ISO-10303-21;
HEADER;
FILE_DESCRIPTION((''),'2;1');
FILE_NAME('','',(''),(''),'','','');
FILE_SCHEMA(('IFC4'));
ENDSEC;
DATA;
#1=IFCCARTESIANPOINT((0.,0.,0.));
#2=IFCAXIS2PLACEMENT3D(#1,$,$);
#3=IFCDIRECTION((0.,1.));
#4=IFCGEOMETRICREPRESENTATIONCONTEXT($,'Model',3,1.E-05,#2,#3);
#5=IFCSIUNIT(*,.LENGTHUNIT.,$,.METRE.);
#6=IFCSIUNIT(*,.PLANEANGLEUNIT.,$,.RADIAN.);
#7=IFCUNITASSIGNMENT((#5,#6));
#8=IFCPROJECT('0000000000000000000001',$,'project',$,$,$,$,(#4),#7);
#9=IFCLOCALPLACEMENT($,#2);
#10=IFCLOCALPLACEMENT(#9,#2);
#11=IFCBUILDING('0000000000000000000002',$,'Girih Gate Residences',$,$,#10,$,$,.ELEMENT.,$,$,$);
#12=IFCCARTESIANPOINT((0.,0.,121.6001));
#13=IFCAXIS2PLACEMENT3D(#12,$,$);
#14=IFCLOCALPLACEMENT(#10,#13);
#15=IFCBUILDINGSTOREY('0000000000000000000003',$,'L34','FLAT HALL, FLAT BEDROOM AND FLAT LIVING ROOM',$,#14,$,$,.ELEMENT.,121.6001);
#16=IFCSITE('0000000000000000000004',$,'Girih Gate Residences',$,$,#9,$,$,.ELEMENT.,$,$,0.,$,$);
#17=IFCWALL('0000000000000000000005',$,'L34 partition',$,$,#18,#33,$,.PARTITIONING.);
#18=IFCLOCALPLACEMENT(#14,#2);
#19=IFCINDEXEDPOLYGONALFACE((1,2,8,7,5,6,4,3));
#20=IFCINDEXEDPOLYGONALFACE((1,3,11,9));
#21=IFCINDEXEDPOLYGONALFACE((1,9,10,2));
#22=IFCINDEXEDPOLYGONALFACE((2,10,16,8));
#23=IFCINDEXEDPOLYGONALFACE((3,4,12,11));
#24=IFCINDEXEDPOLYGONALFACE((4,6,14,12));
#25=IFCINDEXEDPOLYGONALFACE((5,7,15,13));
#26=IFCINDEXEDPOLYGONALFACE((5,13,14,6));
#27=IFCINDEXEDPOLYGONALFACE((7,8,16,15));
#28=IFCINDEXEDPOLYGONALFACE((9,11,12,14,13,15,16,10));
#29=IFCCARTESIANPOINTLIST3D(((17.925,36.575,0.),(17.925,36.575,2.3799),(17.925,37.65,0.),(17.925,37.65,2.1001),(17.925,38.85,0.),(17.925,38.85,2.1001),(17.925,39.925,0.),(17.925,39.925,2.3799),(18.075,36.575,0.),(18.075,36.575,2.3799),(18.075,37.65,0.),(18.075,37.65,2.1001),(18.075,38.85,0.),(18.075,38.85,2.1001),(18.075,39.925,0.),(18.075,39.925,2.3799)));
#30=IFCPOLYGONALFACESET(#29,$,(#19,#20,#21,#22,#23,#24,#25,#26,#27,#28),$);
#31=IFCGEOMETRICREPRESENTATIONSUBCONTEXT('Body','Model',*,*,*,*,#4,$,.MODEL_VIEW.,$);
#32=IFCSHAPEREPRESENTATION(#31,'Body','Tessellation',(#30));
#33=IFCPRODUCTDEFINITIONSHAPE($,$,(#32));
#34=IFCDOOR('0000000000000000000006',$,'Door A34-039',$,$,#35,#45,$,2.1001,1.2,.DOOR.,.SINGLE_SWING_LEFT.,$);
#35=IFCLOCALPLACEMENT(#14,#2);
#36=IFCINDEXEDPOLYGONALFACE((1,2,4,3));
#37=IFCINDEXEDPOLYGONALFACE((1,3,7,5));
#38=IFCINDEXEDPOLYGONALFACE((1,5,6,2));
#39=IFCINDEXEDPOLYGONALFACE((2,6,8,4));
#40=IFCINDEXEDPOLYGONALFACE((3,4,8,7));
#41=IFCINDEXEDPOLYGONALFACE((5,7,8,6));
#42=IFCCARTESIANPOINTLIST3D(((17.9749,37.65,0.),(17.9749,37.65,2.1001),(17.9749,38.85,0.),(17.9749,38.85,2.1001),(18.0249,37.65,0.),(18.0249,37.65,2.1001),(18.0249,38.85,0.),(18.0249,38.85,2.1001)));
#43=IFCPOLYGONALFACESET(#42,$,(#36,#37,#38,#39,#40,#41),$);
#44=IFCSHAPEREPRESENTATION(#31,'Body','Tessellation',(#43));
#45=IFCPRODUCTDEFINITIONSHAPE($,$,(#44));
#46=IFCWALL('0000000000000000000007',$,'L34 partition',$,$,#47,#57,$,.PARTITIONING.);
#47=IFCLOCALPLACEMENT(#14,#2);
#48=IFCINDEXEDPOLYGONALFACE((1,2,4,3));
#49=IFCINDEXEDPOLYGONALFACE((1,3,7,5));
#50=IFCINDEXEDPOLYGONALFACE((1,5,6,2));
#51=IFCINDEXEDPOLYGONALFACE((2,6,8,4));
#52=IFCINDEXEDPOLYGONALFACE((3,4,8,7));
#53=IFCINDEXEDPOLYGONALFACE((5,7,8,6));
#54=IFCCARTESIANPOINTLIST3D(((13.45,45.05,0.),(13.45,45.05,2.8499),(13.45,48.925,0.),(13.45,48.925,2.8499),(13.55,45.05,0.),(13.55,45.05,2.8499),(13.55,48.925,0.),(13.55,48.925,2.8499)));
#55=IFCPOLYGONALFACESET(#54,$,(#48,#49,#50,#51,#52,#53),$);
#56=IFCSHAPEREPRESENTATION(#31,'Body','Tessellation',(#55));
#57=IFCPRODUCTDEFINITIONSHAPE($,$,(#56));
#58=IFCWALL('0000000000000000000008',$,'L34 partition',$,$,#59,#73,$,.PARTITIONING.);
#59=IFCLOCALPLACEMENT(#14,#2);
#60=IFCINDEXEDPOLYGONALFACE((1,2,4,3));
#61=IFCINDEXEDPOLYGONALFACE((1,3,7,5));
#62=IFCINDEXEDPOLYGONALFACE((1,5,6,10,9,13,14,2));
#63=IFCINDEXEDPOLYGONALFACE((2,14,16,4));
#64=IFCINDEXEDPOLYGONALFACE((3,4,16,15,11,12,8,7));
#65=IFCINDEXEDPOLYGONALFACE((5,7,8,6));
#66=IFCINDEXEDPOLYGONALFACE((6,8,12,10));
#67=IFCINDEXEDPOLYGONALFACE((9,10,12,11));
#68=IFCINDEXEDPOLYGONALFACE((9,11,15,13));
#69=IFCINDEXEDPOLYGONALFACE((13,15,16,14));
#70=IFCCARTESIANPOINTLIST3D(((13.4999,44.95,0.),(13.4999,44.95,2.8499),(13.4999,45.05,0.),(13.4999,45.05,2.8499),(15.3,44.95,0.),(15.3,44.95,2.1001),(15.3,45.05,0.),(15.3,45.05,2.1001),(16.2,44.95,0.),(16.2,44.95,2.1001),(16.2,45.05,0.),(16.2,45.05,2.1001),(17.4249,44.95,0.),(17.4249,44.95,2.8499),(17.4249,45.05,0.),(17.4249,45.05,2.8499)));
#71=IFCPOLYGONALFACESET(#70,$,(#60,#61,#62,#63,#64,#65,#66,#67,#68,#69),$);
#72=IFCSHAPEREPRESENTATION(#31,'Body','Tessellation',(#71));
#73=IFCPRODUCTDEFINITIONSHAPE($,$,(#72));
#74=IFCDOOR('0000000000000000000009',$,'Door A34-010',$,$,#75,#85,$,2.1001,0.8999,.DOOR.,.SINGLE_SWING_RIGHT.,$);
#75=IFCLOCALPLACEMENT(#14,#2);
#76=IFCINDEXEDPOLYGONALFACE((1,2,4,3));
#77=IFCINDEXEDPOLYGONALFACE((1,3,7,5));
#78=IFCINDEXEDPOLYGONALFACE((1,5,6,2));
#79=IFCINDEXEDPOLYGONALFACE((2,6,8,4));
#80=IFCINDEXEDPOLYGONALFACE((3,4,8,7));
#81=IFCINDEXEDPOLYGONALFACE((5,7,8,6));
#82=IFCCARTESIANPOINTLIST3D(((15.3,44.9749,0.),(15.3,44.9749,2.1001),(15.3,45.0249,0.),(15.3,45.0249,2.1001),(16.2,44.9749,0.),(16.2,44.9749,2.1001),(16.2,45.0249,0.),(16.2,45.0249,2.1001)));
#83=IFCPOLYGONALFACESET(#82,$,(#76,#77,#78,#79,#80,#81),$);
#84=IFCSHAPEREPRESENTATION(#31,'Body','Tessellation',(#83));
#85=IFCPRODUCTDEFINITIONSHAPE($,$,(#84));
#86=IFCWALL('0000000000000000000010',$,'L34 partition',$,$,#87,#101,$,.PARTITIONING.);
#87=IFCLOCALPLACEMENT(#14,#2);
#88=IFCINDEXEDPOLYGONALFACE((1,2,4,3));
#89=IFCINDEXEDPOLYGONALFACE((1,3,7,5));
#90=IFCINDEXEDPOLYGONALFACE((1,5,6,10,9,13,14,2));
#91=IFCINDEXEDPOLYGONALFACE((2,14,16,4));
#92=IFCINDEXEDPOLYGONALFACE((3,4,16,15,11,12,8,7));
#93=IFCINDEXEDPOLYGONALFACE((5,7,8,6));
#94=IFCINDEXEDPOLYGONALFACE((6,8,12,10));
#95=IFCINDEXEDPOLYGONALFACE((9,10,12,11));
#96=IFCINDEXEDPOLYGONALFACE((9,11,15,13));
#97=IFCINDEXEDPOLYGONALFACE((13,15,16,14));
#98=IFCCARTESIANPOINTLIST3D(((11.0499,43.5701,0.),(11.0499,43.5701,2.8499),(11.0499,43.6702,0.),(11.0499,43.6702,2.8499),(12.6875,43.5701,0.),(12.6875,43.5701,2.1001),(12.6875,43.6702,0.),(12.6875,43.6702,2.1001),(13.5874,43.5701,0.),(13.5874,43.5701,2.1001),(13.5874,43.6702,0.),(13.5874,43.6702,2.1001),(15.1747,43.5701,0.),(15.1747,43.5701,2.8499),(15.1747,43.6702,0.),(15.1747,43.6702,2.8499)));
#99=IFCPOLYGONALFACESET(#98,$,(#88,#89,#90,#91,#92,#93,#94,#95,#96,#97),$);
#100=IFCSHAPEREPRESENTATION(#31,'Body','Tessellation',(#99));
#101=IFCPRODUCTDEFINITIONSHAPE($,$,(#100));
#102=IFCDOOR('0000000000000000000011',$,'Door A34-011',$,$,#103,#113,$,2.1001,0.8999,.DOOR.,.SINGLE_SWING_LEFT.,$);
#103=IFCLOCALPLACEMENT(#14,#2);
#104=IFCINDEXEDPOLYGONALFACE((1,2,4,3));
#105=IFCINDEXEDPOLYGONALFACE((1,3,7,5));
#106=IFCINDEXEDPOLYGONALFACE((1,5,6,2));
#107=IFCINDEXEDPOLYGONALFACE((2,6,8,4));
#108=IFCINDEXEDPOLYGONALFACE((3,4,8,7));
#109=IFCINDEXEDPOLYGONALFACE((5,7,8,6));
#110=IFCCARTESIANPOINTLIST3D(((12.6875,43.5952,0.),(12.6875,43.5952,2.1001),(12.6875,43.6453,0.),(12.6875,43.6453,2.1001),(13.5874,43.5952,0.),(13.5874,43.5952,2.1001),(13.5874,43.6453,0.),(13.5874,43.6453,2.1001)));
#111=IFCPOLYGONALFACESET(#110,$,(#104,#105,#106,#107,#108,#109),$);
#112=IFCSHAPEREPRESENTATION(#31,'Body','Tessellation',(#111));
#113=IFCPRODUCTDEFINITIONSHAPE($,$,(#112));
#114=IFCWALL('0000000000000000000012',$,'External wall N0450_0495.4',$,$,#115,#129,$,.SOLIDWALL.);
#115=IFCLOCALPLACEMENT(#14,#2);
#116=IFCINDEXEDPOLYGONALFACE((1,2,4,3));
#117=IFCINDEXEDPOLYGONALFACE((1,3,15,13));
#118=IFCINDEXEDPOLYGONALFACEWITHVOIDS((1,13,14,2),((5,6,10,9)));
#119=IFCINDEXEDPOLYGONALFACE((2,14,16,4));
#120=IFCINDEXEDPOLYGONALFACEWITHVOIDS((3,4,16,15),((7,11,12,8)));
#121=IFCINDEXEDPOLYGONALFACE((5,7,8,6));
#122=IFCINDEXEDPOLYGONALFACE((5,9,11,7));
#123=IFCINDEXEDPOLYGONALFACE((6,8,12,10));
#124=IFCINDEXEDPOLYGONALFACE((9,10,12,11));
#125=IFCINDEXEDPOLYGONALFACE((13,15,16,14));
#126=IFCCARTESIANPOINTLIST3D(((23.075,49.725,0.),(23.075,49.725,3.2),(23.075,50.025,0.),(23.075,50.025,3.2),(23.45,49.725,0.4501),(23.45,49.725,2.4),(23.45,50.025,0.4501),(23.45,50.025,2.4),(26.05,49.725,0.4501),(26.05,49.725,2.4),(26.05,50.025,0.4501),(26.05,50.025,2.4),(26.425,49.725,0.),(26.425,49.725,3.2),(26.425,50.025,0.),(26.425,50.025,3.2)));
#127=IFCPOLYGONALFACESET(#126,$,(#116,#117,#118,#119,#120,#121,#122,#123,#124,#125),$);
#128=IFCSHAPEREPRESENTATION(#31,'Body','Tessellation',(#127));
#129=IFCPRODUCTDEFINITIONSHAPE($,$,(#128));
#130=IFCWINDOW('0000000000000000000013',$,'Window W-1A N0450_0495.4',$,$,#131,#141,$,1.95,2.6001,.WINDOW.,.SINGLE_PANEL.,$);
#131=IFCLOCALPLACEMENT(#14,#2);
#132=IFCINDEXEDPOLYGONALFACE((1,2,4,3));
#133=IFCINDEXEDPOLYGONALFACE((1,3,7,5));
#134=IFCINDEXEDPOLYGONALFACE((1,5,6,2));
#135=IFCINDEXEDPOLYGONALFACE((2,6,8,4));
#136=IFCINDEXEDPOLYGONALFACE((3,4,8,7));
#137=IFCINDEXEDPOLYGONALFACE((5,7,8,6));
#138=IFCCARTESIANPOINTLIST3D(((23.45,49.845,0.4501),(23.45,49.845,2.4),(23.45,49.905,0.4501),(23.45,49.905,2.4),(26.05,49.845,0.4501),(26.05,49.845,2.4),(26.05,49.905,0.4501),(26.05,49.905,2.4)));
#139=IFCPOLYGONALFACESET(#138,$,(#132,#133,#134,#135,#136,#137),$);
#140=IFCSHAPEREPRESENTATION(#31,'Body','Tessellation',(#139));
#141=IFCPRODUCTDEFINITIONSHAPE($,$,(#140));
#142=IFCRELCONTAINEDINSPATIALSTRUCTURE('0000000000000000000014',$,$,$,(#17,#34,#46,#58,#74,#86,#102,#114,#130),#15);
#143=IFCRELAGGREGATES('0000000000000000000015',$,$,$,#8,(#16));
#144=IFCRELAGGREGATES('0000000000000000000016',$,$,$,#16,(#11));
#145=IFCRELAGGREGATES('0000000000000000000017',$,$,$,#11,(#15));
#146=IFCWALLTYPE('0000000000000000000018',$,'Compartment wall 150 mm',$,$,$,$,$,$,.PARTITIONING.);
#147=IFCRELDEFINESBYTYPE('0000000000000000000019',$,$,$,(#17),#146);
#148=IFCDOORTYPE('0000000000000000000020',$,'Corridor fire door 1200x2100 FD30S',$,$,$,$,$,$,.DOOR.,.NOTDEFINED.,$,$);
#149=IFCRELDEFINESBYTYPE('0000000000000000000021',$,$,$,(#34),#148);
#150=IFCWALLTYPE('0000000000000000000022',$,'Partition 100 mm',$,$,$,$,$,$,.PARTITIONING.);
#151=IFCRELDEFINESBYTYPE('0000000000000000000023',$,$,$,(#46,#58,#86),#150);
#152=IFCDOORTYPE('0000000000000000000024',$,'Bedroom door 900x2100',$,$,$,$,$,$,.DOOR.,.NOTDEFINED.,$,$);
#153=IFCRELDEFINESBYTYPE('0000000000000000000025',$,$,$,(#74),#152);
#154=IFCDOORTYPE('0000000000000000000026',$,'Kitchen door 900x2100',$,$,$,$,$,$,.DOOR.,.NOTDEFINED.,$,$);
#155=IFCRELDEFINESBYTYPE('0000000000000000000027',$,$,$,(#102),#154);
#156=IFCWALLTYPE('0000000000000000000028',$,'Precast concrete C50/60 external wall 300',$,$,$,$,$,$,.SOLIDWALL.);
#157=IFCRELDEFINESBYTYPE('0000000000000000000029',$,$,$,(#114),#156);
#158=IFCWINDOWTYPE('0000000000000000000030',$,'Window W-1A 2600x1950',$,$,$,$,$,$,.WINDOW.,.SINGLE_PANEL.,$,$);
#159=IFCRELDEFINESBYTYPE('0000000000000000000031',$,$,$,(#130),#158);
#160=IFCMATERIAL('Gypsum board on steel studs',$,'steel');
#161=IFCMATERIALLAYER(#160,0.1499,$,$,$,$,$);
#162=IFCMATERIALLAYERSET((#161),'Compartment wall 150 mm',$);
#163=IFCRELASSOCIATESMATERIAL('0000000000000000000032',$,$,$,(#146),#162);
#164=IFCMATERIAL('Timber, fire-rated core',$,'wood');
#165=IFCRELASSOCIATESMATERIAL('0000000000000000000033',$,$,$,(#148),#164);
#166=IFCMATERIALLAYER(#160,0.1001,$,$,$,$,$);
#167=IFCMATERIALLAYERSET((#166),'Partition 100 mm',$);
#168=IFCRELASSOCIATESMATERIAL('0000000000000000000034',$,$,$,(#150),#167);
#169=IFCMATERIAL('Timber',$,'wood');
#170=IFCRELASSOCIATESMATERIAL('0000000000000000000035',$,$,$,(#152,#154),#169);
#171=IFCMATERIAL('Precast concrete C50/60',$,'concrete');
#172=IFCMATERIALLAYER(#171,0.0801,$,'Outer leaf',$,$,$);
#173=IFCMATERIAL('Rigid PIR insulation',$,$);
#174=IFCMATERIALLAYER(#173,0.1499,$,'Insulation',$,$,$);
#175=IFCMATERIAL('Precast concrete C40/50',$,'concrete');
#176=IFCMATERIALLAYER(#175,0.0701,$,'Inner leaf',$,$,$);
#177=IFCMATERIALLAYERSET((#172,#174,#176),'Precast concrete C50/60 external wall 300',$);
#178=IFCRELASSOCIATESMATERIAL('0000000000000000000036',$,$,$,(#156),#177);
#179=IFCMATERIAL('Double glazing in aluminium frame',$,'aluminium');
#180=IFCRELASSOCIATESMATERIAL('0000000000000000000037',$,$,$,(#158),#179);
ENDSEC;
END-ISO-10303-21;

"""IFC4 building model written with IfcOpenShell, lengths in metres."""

from ifc_helpers import new_model, si_unit, direction, frame, frame_2d, origin, place, context, subcontext, project, spatial, rectangle, extrude, material, layer, layer_set, type_object, element, fill, save


model = new_model("IFC4")

# Units and contexts
model_context = context("Model", 3, precision=1e-05, world=origin(), true_north=direction((0.0, 1.0)))
body_context = subcontext(model_context, "Body", "Model", "MODEL_VIEW")
ifc_project = project(units=[si_unit("LENGTHUNIT", "METRE"), si_unit("PLANEANGLEUNIT", "RADIAN")], contexts=[model_context])

# Site, building, storey
site_placement = place(None, origin())
site = spatial("IfcSite", under=ifc_project, at=site_placement, Name="Girih Gate Residences", CompositionType="ELEMENT", RefElevation=0.0)
building_placement = place(site_placement, origin())
building = spatial("IfcBuilding", under=site, at=building_placement, Name="Girih Gate Residences", CompositionType="ELEMENT")
storey_placement = place(building_placement, frame((0.0, 0.0, 121.6001)))
storey = spatial("IfcBuildingStorey", under=building, at=storey_placement, Name="L34", Description="FLAT HALL, FLAT BEDROOM AND FLAT LIVING ROOM", CompositionType="ELEMENT", Elevation=121.6001)

# Shared definitions
ifc_material_1 = material(Name="Gypsum board on steel studs", Category="steel")
ifc_layer_1 = layer(ifc_material_1, 0.1499)
ifc_layer_set_1 = layer_set([ifc_layer_1], Name="Compartment wall 150 mm")
wall_type_1 = type_object("IfcWallType", Name="Compartment wall 150 mm", PredefinedType="PARTITIONING", material=ifc_layer_set_1)

# Wall, opening, door
ifc_material_2 = material(Name="Timber, fire-rated core", Category="wood")
wall_1_placement = place(storey_placement, frame((18.0, 39.925, 0.0), z_axis=(0.0, 0.0, 1.0), x_axis=(0.0, -1.0, 0.0)))
wall_1 = element("IfcWall", 1, at=wall_1_placement, inside=storey, type_object=wall_type_1, Name="L34 partition", PredefinedType="PARTITIONING", context=body_context, shape_type="SweptSolid", body=[
    extrude(rectangle(XDim=3.3501, YDim=0.1499, at=frame_2d((1.675, 0.0))), origin(), (0.0, 0.0, 1.0), 2.3799),
])
opening_1_placement = place(wall_1_placement, frame((1.075, 0.0, 0.0)))
opening_1 = element("IfcOpeningElement", 2, at=opening_1_placement, cuts=wall_1, PredefinedType="OPENING", context=body_context, shape_type="SweptSolid", body=[
    extrude(rectangle(XDim=1.2, YDim=2.1001, at=frame_2d((0.6001, 1.05))), frame((0.0, 0.085, 0.0), z_axis=(0.0, -1.0, 0.0), x_axis=(1.0, 0.0, 0.0)), (0.0, 0.0, 1.0), 0.1699),
])
door_type_1 = type_object("IfcDoorType", Name="Corridor fire door 1200x2100 FD30S", OperationType="NOTDEFINED", PredefinedType="DOOR", material=ifc_material_2)
door_1_placement = place(opening_1_placement, origin())
door_1 = element("IfcDoor", 3, at=door_1_placement, inside=storey, type_object=door_type_1, Name="Door A34-039", OperationType="SINGLE_SWING_LEFT", OverallHeight=2.1001, OverallWidth=1.2, PredefinedType="DOOR", context=body_context, shape_type="SweptSolid", body=[
    extrude(rectangle(XDim=1.2, YDim=2.1001, at=frame_2d((0.6001, 1.05))), frame((0.0, 0.0249, 0.0), z_axis=(0.0, -1.0, 0.0), x_axis=(1.0, 0.0, 0.0)), (0.0, 0.0, 1.0), 0.05),
])
fill(opening_1, door_1)

# Wall
ifc_layer_2 = layer(ifc_material_1, 0.1001)
ifc_layer_set_2 = layer_set([ifc_layer_2], Name="Partition 100 mm")
wall_type_2 = type_object("IfcWallType", Name="Partition 100 mm", PredefinedType="PARTITIONING", material=ifc_layer_set_2)
wall_2_placement = place(storey_placement, frame((13.5, 45.05, 0.0), z_axis=(0.0, 0.0, 1.0), x_axis=(0.0, 1.0, 0.0)))
element("IfcWall", 4, at=wall_2_placement, inside=storey, type_object=wall_type_2, Name="L34 partition", PredefinedType="PARTITIONING", context=body_context, shape_type="SweptSolid", body=[
    extrude(rectangle(XDim=3.875, YDim=0.1001, at=frame_2d((1.9375, 0.0))), origin(), (0.0, 0.0, 1.0), 2.8499),
])

# Walls, openings, doors
wall_3_placement = place(storey_placement, frame((13.5, 45.0, 0.0), z_axis=(0.0, 0.0, 1.0), x_axis=(1.0, 0.0, 0.0)))
wall_3 = element("IfcWall", 5, at=wall_3_placement, inside=storey, type_object=wall_type_2, Name="L34 partition", PredefinedType="PARTITIONING", context=body_context, shape_type="SweptSolid", body=[
    extrude(rectangle(XDim=3.925, YDim=0.1001, at=frame_2d((1.9624, 0.0))), origin(), (0.0, 0.0, 1.0), 2.8499),
])
opening_2_placement = place(wall_3_placement, frame((1.8, 0.0, 0.0)))
opening_2 = element("IfcOpeningElement", 6, at=opening_2_placement, cuts=wall_3, PredefinedType="OPENING", context=body_context, shape_type="SweptSolid", body=[
    extrude(rectangle(XDim=0.8999, YDim=2.1001, at=frame_2d((0.45, 1.05))), frame((0.0, 0.0601, 0.0), z_axis=(0.0, -1.0, 0.0), x_axis=(1.0, 0.0, 0.0)), (0.0, 0.0, 1.0), 0.1201),
])
ifc_material_3 = material(Name="Timber", Category="wood")
door_type_2 = type_object("IfcDoorType", Name="Bedroom door 900x2100", OperationType="NOTDEFINED", PredefinedType="DOOR", material=ifc_material_3)
door_2_placement = place(opening_2_placement, origin())
door_2 = element("IfcDoor", 7, at=door_2_placement, inside=storey, type_object=door_type_2, Name="Door A34-010", OperationType="SINGLE_SWING_RIGHT", OverallHeight=2.1001, OverallWidth=0.8999, PredefinedType="DOOR", context=body_context, shape_type="SweptSolid", body=[
    extrude(rectangle(XDim=0.8999, YDim=2.1001, at=frame_2d((0.45, 1.05))), frame((0.0, 0.0249, 0.0), z_axis=(0.0, -1.0, 0.0), x_axis=(1.0, 0.0, 0.0)), (0.0, 0.0, 1.0), 0.05),
])
fill(opening_2, door_2)
wall_4_placement = place(storey_placement, frame((15.1748, 43.6201, 0.0), z_axis=(0.0, 0.0, 1.0), x_axis=(-1.0, 0.0, 0.0)))
wall_4 = element("IfcWall", 8, at=wall_4_placement, inside=storey, type_object=wall_type_2, Name="L34 partition", PredefinedType="PARTITIONING", context=body_context, shape_type="SweptSolid", body=[
    extrude(rectangle(XDim=4.1248, YDim=0.1001, at=frame_2d((2.0625, 0.0))), origin(), (0.0, 0.0, 1.0), 2.8499),
])
opening_3_placement = place(wall_4_placement, frame((1.5874, 0.0, 0.0)))
opening_3 = element("IfcOpeningElement", 9, at=opening_3_placement, cuts=wall_4, PredefinedType="OPENING", context=body_context, shape_type="SweptSolid", body=[
    extrude(rectangle(XDim=0.8999, YDim=2.1001, at=frame_2d((0.45, 1.05))), frame((0.0, 0.0601, 0.0), z_axis=(0.0, -1.0, 0.0), x_axis=(1.0, 0.0, 0.0)), (0.0, 0.0, 1.0), 0.1201),
])
door_type_3 = type_object("IfcDoorType", Name="Kitchen door 900x2100", OperationType="NOTDEFINED", PredefinedType="DOOR", material=ifc_material_3)
door_3_placement = place(opening_3_placement, origin())
door_3 = element("IfcDoor", 10, at=door_3_placement, inside=storey, type_object=door_type_3, Name="Door A34-011", OperationType="SINGLE_SWING_LEFT", OverallHeight=2.1001, OverallWidth=0.8999, PredefinedType="DOOR", context=body_context, shape_type="SweptSolid", body=[
    extrude(rectangle(XDim=0.8999, YDim=2.1001, at=frame_2d((0.45, 1.05))), frame((0.0, 0.0249, 0.0), z_axis=(0.0, -1.0, 0.0), x_axis=(1.0, 0.0, 0.0)), (0.0, 0.0, 1.0), 0.05),
])
fill(opening_3, door_3)

# Wall, opening, window
ifc_material_4 = material(Name="Precast concrete C50/60", Category="concrete")
ifc_layer_3 = layer(ifc_material_4, 0.0801, Name="Outer leaf")
ifc_material_5 = material(Name="Rigid PIR insulation")
ifc_layer_4 = layer(ifc_material_5, 0.1499, Name="Insulation")
ifc_material_6 = material(Name="Precast concrete C40/50", Category="concrete")
ifc_layer_5 = layer(ifc_material_6, 0.0701, Name="Inner leaf")
ifc_layer_set_3 = layer_set([ifc_layer_3, ifc_layer_4, ifc_layer_5], Name="Precast concrete C50/60 external wall 300")
wall_type_3 = type_object("IfcWallType", Name="Precast concrete C50/60 external wall 300", PredefinedType="SOLIDWALL", material=ifc_layer_set_3)
wall_5_placement = place(storey_placement, frame((23.075, 49.875, 0.0), z_axis=(0.0, 0.0, 1.0), x_axis=(1.0, 0.0, 0.0)))
wall_5 = element("IfcWall", 11, at=wall_5_placement, inside=storey, type_object=wall_type_3, Name="External wall N0450_0495.4", PredefinedType="SOLIDWALL", context=body_context, shape_type="SweptSolid", body=[
    extrude(rectangle(XDim=3.3501, YDim=0.3, at=frame_2d((1.675, 0.0))), origin(), (0.0, 0.0, 1.0), 3.2),
])
opening_4_placement = place(wall_5_placement, frame((0.375, 0.0, 0.45)))
opening_4 = element("IfcOpeningElement", 12, at=opening_4_placement, cuts=wall_5, PredefinedType="OPENING", context=body_context, shape_type="SweptSolid", body=[
    extrude(rectangle(XDim=2.6001, YDim=1.95, at=frame_2d((1.3, 0.9751))), frame((0.0, 0.1599, 0.0), z_axis=(0.0, -1.0, 0.0), x_axis=(1.0, 0.0, 0.0)), (0.0, 0.0, 1.0), 0.3201),
])
ifc_material_7 = material(Name="Double glazing in aluminium frame", Category="aluminium")
window_type = type_object("IfcWindowType", Name="Window W-1A 2600x1950", PartitioningType="SINGLE_PANEL", PredefinedType="WINDOW", material=ifc_material_7)
window_1_placement = place(opening_4_placement, origin())
window_1 = element("IfcWindow", 13, at=window_1_placement, inside=storey, type_object=window_type, Name="Window W-1A N0450_0495.4", OverallHeight=1.95, OverallWidth=2.6001, PartitioningType="SINGLE_PANEL", PredefinedType="WINDOW", context=body_context, shape_type="SweptSolid", body=[
    extrude(rectangle(XDim=2.6001, YDim=1.95, at=frame_2d((1.3, 0.9751))), frame((0.0, 0.03, 0.0), z_axis=(0.0, -1.0, 0.0), x_axis=(1.0, 0.0, 0.0)), (0.0, 0.0, 1.0), 0.0601),
])
fill(opening_4, window_1)

save(model, "model.ifc")
